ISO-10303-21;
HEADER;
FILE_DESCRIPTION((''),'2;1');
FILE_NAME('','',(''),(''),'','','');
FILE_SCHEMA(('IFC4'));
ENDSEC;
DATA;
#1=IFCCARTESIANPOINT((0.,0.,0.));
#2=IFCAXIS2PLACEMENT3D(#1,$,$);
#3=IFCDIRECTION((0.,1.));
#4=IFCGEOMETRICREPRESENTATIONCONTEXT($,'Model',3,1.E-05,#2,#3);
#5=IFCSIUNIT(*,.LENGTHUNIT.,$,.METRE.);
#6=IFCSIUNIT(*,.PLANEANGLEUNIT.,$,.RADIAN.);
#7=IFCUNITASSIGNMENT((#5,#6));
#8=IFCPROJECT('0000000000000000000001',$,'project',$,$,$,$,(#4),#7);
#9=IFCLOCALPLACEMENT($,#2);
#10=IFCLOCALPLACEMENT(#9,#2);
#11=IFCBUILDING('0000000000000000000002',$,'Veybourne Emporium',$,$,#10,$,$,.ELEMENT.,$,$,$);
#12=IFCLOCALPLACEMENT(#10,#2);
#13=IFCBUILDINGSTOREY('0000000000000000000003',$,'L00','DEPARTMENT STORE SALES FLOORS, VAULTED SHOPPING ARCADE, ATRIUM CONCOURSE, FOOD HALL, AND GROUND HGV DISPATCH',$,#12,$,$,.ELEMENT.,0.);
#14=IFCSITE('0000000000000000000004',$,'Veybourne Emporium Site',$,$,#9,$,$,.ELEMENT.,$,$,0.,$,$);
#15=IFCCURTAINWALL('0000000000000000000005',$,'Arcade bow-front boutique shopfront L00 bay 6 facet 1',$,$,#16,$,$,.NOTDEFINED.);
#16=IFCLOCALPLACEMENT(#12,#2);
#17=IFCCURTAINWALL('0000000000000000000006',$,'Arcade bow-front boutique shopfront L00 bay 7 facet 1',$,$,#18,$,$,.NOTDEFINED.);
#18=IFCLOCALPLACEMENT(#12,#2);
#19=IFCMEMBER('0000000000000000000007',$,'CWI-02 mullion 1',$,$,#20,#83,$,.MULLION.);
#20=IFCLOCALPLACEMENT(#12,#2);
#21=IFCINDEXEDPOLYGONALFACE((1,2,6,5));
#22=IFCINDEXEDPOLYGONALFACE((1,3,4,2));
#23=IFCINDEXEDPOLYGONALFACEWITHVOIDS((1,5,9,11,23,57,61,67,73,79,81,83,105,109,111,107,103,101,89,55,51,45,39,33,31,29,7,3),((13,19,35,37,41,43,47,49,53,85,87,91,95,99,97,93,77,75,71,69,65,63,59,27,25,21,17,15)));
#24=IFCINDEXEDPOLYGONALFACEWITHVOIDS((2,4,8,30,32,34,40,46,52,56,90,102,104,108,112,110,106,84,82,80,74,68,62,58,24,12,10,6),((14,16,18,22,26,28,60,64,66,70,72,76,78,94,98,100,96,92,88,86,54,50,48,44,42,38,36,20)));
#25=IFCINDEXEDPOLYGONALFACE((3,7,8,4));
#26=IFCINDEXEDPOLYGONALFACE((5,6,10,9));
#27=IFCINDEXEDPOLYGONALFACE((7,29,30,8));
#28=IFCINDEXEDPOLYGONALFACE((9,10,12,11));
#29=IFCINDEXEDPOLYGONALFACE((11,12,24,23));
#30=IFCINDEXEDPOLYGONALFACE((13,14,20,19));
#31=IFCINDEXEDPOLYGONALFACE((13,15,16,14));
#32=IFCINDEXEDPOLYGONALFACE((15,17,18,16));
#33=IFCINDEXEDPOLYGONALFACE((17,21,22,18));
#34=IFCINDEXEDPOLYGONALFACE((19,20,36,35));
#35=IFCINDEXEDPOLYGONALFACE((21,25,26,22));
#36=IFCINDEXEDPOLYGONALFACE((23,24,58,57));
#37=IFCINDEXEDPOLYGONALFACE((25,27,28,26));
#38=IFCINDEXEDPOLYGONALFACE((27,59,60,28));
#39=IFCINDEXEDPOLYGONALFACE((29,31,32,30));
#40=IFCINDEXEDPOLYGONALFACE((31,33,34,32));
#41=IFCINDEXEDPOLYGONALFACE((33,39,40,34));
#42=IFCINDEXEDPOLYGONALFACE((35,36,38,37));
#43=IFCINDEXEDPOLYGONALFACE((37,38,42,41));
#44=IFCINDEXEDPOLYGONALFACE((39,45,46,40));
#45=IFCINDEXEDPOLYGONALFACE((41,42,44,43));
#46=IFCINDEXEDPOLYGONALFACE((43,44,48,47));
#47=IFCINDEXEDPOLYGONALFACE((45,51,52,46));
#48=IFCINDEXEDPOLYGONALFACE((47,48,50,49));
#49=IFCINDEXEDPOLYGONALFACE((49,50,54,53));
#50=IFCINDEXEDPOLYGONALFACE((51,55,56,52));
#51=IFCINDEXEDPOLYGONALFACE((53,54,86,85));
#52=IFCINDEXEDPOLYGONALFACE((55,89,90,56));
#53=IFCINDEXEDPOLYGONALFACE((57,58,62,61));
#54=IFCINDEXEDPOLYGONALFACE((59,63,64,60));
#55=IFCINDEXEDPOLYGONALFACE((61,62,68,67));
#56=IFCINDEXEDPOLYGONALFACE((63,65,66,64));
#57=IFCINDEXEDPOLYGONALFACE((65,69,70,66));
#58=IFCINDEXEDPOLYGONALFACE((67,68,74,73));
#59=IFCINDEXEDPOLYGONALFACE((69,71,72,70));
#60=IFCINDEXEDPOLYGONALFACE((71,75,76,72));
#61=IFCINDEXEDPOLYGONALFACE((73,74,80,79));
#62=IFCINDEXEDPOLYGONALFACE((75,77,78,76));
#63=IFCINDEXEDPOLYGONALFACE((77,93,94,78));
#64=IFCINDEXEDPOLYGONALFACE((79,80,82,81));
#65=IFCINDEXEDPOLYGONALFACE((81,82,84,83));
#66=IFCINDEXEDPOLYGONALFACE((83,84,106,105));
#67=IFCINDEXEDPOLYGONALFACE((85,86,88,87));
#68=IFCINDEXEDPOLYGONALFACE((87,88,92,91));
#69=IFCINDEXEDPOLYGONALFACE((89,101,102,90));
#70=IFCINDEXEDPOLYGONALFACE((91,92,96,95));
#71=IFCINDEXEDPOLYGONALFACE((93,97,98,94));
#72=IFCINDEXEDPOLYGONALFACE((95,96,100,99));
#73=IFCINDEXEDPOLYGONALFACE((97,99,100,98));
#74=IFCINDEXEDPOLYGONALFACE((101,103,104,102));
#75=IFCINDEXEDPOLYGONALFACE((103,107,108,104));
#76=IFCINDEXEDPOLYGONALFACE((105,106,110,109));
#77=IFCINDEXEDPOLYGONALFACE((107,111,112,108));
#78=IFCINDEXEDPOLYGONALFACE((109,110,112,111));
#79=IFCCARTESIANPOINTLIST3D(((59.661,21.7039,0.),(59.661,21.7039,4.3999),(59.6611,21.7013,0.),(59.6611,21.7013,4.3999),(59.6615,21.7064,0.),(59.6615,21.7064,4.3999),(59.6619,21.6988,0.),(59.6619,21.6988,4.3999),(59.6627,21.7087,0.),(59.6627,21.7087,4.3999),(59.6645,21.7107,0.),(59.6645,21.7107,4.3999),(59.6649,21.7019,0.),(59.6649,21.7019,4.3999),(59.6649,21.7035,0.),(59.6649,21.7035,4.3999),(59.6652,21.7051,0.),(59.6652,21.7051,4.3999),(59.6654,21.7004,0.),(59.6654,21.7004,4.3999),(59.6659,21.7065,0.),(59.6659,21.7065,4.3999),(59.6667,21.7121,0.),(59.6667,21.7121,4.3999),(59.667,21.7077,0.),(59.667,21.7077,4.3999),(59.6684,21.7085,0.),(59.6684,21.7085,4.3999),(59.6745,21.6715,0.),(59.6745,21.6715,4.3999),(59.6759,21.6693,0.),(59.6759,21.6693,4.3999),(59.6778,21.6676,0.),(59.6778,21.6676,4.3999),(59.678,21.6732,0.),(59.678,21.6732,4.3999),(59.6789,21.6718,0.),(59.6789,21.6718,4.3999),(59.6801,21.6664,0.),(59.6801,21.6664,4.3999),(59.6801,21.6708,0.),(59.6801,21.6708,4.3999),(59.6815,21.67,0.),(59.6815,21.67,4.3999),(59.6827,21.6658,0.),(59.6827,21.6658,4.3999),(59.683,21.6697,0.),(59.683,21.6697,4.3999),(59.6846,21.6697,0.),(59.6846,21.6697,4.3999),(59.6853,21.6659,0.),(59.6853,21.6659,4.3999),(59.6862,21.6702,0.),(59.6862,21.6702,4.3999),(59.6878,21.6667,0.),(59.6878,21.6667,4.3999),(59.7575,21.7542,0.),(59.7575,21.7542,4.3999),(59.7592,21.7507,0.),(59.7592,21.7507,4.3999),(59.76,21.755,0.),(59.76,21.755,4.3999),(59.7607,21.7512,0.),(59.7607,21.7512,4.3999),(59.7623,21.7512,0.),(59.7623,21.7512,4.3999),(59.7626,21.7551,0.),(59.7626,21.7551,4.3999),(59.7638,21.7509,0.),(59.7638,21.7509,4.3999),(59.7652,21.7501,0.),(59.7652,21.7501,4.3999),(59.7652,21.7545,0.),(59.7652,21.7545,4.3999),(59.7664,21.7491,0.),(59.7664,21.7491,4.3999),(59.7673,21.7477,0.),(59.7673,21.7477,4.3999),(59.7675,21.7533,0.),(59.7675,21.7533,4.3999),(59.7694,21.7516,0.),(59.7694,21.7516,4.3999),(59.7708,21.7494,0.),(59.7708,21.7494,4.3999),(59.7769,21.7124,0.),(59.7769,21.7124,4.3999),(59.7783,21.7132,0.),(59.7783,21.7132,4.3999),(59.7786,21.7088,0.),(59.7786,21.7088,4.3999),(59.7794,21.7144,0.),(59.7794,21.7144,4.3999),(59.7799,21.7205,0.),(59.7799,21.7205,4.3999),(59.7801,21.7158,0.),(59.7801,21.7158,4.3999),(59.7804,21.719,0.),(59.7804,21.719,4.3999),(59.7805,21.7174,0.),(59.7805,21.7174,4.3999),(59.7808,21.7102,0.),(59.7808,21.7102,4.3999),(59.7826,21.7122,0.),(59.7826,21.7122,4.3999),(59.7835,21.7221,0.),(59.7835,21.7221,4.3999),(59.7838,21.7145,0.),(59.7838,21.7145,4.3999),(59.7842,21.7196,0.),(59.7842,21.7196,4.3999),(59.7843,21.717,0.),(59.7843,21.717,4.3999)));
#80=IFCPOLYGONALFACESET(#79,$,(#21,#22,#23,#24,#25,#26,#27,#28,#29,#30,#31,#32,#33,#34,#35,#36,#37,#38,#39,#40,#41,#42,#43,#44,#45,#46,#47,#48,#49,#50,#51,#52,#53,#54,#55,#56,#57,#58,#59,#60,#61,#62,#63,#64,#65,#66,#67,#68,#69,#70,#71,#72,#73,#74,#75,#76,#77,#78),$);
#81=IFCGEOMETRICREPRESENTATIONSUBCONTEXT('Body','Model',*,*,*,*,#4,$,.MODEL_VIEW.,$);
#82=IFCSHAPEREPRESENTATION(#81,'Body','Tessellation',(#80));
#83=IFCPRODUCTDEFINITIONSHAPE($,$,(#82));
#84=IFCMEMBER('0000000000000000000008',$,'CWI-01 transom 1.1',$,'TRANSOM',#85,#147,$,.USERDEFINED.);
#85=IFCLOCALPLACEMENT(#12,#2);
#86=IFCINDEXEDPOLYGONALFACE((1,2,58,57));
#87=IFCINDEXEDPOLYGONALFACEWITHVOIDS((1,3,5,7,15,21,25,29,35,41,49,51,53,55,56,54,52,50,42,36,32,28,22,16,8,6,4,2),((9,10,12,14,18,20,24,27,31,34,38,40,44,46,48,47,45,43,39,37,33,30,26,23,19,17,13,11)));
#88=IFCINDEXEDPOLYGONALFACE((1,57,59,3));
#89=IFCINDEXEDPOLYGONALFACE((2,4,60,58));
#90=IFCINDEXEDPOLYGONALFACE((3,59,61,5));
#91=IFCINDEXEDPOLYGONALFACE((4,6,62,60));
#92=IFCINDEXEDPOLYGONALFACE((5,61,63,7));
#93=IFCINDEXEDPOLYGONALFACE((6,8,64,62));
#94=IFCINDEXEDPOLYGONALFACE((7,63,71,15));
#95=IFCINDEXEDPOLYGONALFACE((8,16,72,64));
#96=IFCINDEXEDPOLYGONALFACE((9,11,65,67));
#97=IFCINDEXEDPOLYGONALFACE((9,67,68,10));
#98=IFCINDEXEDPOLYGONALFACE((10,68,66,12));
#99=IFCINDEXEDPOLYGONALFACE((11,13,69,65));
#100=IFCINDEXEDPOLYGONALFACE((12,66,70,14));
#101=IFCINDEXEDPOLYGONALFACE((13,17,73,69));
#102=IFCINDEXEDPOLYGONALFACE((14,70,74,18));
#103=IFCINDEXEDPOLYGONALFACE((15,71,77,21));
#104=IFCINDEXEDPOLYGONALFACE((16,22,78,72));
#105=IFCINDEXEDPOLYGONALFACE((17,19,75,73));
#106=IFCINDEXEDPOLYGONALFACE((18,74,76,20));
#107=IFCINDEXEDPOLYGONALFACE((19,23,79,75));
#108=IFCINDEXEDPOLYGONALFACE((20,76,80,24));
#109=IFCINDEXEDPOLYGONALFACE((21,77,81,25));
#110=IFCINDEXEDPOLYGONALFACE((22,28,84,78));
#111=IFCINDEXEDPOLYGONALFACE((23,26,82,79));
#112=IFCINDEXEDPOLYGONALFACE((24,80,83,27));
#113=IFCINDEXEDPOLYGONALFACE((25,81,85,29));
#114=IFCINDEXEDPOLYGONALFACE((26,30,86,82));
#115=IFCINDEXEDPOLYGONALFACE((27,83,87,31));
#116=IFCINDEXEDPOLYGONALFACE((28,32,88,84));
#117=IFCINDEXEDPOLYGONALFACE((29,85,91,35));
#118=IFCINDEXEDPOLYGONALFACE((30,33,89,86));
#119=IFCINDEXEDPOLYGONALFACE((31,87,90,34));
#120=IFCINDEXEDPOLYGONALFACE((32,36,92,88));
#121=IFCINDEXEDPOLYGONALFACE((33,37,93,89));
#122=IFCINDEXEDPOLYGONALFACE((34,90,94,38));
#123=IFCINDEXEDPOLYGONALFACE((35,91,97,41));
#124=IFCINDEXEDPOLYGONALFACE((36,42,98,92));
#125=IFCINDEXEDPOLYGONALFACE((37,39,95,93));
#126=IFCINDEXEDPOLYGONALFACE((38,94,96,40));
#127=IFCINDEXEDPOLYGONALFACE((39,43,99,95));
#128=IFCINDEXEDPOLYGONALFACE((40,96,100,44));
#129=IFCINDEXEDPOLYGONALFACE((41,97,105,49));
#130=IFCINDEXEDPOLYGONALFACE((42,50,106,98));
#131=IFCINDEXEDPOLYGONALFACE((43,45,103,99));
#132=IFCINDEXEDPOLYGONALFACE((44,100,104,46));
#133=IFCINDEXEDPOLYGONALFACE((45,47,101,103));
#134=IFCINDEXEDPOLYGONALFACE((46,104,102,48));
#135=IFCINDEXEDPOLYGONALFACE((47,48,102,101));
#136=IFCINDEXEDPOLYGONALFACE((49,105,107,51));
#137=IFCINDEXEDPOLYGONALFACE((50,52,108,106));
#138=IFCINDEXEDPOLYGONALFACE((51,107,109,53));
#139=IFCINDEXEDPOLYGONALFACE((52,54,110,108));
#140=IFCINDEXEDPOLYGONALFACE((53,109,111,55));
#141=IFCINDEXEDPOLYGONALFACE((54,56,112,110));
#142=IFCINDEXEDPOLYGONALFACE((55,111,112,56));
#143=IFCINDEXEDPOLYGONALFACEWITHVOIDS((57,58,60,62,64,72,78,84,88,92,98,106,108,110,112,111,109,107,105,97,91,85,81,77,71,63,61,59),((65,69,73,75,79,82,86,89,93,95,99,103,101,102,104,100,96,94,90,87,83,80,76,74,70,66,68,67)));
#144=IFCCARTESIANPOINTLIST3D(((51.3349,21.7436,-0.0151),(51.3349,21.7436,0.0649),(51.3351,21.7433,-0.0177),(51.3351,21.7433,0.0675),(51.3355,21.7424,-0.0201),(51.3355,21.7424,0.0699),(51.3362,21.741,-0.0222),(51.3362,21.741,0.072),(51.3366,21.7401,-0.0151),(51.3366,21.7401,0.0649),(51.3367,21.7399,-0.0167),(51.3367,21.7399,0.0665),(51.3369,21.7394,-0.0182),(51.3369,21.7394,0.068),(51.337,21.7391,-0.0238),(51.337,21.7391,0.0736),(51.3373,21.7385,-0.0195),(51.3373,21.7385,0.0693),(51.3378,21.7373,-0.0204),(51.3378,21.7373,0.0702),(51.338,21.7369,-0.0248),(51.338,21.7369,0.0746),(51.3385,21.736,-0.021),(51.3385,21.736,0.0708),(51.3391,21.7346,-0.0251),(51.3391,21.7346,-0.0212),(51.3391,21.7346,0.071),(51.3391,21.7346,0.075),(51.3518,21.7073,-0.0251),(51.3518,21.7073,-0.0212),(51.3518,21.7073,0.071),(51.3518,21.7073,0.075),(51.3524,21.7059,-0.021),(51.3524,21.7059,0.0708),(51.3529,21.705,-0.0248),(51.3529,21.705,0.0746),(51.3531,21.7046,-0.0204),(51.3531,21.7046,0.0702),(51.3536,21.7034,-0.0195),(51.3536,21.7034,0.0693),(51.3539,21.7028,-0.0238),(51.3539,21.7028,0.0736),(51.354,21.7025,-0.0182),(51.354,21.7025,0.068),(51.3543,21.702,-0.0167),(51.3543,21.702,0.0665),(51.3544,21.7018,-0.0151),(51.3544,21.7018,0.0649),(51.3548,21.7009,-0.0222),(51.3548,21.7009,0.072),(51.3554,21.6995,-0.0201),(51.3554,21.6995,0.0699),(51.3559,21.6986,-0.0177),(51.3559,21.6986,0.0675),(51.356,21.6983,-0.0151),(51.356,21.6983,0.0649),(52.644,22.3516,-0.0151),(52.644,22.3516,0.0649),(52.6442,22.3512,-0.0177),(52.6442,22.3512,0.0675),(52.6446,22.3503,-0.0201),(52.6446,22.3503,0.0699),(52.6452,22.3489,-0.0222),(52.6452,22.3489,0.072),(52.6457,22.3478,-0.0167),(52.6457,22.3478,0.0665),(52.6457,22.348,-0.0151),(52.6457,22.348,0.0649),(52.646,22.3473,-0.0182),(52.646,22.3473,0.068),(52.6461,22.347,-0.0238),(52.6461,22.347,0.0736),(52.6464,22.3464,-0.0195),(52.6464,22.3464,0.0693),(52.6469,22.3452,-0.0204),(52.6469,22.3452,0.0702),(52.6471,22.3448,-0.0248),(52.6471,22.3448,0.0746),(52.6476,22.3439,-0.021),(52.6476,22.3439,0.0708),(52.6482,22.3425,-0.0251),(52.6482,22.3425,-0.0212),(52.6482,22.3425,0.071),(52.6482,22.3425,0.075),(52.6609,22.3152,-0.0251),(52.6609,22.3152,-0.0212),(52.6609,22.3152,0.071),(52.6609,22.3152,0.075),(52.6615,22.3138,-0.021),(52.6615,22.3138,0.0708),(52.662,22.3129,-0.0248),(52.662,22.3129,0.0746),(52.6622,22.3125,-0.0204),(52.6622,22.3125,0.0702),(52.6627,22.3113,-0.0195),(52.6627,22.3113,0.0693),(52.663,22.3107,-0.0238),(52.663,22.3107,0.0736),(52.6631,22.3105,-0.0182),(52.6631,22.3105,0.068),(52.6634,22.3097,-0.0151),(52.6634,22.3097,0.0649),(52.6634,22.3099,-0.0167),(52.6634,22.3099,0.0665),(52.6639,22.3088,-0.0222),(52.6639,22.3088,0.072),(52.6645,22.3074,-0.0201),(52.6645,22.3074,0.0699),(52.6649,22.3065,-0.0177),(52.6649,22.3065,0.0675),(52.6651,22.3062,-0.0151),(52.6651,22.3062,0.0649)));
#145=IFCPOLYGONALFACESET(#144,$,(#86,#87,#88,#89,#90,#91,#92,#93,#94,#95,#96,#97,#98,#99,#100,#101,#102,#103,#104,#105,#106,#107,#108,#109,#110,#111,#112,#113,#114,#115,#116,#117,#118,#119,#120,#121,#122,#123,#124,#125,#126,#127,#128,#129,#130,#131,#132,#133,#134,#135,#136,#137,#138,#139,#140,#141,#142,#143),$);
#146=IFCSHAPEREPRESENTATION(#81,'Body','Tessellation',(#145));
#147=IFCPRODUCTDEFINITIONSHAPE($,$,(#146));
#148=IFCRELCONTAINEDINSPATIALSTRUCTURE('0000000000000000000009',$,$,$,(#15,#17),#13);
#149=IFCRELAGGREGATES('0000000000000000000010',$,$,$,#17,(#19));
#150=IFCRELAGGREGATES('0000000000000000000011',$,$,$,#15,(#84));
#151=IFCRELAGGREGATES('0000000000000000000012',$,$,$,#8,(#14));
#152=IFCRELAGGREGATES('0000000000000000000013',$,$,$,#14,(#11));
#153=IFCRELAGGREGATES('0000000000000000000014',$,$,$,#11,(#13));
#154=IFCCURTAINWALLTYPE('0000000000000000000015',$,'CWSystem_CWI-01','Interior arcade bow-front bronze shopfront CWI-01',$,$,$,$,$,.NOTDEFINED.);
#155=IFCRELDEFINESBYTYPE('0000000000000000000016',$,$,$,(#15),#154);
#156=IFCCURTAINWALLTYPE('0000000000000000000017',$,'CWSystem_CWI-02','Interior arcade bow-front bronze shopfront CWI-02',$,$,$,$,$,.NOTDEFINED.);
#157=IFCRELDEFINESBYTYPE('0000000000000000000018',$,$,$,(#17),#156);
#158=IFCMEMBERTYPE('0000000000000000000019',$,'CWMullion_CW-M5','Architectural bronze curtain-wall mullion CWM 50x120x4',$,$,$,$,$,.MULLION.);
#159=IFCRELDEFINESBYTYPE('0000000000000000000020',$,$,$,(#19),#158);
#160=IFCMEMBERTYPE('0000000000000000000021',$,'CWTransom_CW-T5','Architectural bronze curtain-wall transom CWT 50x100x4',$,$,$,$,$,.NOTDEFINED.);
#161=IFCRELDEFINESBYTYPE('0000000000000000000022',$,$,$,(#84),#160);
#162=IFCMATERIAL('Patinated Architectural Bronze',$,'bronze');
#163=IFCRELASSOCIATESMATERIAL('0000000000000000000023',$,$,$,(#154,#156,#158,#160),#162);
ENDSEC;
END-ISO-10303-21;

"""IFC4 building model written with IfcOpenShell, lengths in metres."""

from ifc_helpers import new_model, si_unit, direction, frame, origin, origin_2d, place, context, subcontext, project, spatial, hollow_rectangle, extrude, material, material_profile, profile_set, type_object, element, aggregate, save


model = new_model("IFC4")

# Units and contexts
model_context = context("Model", 3, precision=1e-05, world=origin(), true_north=direction((0.0, 1.0)))
body_context = subcontext(model_context, "Body", "Model", "MODEL_VIEW")
ifc_project = project(units=[si_unit("LENGTHUNIT", "METRE"), si_unit("PLANEANGLEUNIT", "RADIAN")], contexts=[model_context])

# Site, building, storey
site_placement = place(None, origin())
site = spatial("IfcSite", under=ifc_project, at=site_placement, Name="Veybourne Emporium Site", CompositionType="ELEMENT", RefElevation=0.0)
building_placement = place(site_placement, origin())
building = spatial("IfcBuilding", under=site, at=building_placement, Name="Veybourne Emporium", CompositionType="ELEMENT")
storey_placement = place(building_placement, origin())
storey = spatial("IfcBuildingStorey", under=building, at=storey_placement, Name="L00", Description="DEPARTMENT STORE SALES FLOORS, VAULTED SHOPPING ARCADE, ATRIUM CONCOURSE, FOOD HALL, AND GROUND HGV DISPATCH", CompositionType="ELEMENT", Elevation=0.0)

# Curtain walls, member
ifc_material_1 = material(Name="Patinated Architectural Bronze", Category="bronze")
curtain_wall_type_1 = type_object("IfcCurtainWallType", Name="CWSystem_CWI-01", Description="Interior arcade bow-front bronze shopfront CWI-01", PredefinedType="NOTDEFINED", material=ifc_material_1)
curtain_wall_1_placement = place(storey_placement, origin())
curtain_wall_1 = element("IfcCurtainWall", 1, at=curtain_wall_1_placement, inside=storey, type_object=curtain_wall_type_1, Name="Arcade bow-front boutique shopfront L00 bay 6 facet 1", PredefinedType="NOTDEFINED")
ifc_material_profile_1 = material_profile(ifc_material_1, hollow_rectangle(XDim=0.05, YDim=0.1201, WallThickness=0.0039, InnerFilletRadius=0.0061, OuterFilletRadius=0.01, at=origin_2d()), Name="CWM 50x120x4")
ifc_profile_set_1 = profile_set([ifc_material_profile_1], Name="Patinated Architectural Bronze")
member_type_1 = type_object("IfcMemberType", Name="CWMullion_CW-M5", Description="Architectural bronze curtain-wall mullion CWM 50x120x4", PredefinedType="MULLION", material=ifc_profile_set_1)
curtain_wall_type_2 = type_object("IfcCurtainWallType", Name="CWSystem_CWI-02", Description="Interior arcade bow-front bronze shopfront CWI-02", PredefinedType="NOTDEFINED", material=ifc_material_1)
curtain_wall_2_placement = place(storey_placement, origin())
curtain_wall_2 = element("IfcCurtainWall", 2, at=curtain_wall_2_placement, inside=storey, type_object=curtain_wall_type_2, Name="Arcade bow-front boutique shopfront L00 bay 7 facet 1", PredefinedType="NOTDEFINED")
member_1_placement = place(storey_placement, frame((59.7227, 21.7104, 0.0), z_axis=(0.0, 0.0, 1.0), x_axis=(-0.421111, 0.907009, 0.0)))
member_1 = element("IfcMember", 3, at=member_1_placement, type_object=member_type_1, Name="CWI-02 mullion 1", PredefinedType="MULLION", context=body_context, shape_type="SweptSolid", body=[
    extrude(hollow_rectangle(XDim=0.05, YDim=0.1201, WallThickness=0.0039, InnerFilletRadius=0.0061, OuterFilletRadius=0.01, at=origin_2d()), origin(), (0.0, 0.0, 1.0), 4.3999),
])

# Member
ifc_material_profile_2 = material_profile(ifc_material_1, hollow_rectangle(XDim=0.05, YDim=0.1001, WallThickness=0.0039, InnerFilletRadius=0.0061, OuterFilletRadius=0.01, at=origin_2d()), Name="CWT 50x100x4")
ifc_profile_set_2 = profile_set([ifc_material_profile_2], Name="Patinated Architectural Bronze")
member_type_2 = type_object("IfcMemberType", Name="CWTransom_CW-T5", Description="Architectural bronze curtain-wall transom CWT 50x100x4", PredefinedType="NOTDEFINED", material=ifc_profile_set_2)
member_2_placement = place(storey_placement, frame((51.3455, 21.7209, 0.0249), z_axis=(0.906977, 0.421181, 0.0), x_axis=(-0.421181, 0.906977, 0.0)))
member_2 = element("IfcMember", 4, at=member_2_placement, type_object=member_type_2, Name="CWI-01 transom 1.1", ObjectType="TRANSOM", PredefinedType="USERDEFINED", context=body_context, shape_type="SweptSolid", body=[
    extrude(hollow_rectangle(XDim=0.05, YDim=0.1001, WallThickness=0.0039, InnerFilletRadius=0.0061, OuterFilletRadius=0.01, at=origin_2d()), origin(), (0.0, 0.0, 1.0), 1.4434),
])
aggregate(curtain_wall_2, [member_1])

aggregate(curtain_wall_1, [member_2])

save(model, "model.ifc")
